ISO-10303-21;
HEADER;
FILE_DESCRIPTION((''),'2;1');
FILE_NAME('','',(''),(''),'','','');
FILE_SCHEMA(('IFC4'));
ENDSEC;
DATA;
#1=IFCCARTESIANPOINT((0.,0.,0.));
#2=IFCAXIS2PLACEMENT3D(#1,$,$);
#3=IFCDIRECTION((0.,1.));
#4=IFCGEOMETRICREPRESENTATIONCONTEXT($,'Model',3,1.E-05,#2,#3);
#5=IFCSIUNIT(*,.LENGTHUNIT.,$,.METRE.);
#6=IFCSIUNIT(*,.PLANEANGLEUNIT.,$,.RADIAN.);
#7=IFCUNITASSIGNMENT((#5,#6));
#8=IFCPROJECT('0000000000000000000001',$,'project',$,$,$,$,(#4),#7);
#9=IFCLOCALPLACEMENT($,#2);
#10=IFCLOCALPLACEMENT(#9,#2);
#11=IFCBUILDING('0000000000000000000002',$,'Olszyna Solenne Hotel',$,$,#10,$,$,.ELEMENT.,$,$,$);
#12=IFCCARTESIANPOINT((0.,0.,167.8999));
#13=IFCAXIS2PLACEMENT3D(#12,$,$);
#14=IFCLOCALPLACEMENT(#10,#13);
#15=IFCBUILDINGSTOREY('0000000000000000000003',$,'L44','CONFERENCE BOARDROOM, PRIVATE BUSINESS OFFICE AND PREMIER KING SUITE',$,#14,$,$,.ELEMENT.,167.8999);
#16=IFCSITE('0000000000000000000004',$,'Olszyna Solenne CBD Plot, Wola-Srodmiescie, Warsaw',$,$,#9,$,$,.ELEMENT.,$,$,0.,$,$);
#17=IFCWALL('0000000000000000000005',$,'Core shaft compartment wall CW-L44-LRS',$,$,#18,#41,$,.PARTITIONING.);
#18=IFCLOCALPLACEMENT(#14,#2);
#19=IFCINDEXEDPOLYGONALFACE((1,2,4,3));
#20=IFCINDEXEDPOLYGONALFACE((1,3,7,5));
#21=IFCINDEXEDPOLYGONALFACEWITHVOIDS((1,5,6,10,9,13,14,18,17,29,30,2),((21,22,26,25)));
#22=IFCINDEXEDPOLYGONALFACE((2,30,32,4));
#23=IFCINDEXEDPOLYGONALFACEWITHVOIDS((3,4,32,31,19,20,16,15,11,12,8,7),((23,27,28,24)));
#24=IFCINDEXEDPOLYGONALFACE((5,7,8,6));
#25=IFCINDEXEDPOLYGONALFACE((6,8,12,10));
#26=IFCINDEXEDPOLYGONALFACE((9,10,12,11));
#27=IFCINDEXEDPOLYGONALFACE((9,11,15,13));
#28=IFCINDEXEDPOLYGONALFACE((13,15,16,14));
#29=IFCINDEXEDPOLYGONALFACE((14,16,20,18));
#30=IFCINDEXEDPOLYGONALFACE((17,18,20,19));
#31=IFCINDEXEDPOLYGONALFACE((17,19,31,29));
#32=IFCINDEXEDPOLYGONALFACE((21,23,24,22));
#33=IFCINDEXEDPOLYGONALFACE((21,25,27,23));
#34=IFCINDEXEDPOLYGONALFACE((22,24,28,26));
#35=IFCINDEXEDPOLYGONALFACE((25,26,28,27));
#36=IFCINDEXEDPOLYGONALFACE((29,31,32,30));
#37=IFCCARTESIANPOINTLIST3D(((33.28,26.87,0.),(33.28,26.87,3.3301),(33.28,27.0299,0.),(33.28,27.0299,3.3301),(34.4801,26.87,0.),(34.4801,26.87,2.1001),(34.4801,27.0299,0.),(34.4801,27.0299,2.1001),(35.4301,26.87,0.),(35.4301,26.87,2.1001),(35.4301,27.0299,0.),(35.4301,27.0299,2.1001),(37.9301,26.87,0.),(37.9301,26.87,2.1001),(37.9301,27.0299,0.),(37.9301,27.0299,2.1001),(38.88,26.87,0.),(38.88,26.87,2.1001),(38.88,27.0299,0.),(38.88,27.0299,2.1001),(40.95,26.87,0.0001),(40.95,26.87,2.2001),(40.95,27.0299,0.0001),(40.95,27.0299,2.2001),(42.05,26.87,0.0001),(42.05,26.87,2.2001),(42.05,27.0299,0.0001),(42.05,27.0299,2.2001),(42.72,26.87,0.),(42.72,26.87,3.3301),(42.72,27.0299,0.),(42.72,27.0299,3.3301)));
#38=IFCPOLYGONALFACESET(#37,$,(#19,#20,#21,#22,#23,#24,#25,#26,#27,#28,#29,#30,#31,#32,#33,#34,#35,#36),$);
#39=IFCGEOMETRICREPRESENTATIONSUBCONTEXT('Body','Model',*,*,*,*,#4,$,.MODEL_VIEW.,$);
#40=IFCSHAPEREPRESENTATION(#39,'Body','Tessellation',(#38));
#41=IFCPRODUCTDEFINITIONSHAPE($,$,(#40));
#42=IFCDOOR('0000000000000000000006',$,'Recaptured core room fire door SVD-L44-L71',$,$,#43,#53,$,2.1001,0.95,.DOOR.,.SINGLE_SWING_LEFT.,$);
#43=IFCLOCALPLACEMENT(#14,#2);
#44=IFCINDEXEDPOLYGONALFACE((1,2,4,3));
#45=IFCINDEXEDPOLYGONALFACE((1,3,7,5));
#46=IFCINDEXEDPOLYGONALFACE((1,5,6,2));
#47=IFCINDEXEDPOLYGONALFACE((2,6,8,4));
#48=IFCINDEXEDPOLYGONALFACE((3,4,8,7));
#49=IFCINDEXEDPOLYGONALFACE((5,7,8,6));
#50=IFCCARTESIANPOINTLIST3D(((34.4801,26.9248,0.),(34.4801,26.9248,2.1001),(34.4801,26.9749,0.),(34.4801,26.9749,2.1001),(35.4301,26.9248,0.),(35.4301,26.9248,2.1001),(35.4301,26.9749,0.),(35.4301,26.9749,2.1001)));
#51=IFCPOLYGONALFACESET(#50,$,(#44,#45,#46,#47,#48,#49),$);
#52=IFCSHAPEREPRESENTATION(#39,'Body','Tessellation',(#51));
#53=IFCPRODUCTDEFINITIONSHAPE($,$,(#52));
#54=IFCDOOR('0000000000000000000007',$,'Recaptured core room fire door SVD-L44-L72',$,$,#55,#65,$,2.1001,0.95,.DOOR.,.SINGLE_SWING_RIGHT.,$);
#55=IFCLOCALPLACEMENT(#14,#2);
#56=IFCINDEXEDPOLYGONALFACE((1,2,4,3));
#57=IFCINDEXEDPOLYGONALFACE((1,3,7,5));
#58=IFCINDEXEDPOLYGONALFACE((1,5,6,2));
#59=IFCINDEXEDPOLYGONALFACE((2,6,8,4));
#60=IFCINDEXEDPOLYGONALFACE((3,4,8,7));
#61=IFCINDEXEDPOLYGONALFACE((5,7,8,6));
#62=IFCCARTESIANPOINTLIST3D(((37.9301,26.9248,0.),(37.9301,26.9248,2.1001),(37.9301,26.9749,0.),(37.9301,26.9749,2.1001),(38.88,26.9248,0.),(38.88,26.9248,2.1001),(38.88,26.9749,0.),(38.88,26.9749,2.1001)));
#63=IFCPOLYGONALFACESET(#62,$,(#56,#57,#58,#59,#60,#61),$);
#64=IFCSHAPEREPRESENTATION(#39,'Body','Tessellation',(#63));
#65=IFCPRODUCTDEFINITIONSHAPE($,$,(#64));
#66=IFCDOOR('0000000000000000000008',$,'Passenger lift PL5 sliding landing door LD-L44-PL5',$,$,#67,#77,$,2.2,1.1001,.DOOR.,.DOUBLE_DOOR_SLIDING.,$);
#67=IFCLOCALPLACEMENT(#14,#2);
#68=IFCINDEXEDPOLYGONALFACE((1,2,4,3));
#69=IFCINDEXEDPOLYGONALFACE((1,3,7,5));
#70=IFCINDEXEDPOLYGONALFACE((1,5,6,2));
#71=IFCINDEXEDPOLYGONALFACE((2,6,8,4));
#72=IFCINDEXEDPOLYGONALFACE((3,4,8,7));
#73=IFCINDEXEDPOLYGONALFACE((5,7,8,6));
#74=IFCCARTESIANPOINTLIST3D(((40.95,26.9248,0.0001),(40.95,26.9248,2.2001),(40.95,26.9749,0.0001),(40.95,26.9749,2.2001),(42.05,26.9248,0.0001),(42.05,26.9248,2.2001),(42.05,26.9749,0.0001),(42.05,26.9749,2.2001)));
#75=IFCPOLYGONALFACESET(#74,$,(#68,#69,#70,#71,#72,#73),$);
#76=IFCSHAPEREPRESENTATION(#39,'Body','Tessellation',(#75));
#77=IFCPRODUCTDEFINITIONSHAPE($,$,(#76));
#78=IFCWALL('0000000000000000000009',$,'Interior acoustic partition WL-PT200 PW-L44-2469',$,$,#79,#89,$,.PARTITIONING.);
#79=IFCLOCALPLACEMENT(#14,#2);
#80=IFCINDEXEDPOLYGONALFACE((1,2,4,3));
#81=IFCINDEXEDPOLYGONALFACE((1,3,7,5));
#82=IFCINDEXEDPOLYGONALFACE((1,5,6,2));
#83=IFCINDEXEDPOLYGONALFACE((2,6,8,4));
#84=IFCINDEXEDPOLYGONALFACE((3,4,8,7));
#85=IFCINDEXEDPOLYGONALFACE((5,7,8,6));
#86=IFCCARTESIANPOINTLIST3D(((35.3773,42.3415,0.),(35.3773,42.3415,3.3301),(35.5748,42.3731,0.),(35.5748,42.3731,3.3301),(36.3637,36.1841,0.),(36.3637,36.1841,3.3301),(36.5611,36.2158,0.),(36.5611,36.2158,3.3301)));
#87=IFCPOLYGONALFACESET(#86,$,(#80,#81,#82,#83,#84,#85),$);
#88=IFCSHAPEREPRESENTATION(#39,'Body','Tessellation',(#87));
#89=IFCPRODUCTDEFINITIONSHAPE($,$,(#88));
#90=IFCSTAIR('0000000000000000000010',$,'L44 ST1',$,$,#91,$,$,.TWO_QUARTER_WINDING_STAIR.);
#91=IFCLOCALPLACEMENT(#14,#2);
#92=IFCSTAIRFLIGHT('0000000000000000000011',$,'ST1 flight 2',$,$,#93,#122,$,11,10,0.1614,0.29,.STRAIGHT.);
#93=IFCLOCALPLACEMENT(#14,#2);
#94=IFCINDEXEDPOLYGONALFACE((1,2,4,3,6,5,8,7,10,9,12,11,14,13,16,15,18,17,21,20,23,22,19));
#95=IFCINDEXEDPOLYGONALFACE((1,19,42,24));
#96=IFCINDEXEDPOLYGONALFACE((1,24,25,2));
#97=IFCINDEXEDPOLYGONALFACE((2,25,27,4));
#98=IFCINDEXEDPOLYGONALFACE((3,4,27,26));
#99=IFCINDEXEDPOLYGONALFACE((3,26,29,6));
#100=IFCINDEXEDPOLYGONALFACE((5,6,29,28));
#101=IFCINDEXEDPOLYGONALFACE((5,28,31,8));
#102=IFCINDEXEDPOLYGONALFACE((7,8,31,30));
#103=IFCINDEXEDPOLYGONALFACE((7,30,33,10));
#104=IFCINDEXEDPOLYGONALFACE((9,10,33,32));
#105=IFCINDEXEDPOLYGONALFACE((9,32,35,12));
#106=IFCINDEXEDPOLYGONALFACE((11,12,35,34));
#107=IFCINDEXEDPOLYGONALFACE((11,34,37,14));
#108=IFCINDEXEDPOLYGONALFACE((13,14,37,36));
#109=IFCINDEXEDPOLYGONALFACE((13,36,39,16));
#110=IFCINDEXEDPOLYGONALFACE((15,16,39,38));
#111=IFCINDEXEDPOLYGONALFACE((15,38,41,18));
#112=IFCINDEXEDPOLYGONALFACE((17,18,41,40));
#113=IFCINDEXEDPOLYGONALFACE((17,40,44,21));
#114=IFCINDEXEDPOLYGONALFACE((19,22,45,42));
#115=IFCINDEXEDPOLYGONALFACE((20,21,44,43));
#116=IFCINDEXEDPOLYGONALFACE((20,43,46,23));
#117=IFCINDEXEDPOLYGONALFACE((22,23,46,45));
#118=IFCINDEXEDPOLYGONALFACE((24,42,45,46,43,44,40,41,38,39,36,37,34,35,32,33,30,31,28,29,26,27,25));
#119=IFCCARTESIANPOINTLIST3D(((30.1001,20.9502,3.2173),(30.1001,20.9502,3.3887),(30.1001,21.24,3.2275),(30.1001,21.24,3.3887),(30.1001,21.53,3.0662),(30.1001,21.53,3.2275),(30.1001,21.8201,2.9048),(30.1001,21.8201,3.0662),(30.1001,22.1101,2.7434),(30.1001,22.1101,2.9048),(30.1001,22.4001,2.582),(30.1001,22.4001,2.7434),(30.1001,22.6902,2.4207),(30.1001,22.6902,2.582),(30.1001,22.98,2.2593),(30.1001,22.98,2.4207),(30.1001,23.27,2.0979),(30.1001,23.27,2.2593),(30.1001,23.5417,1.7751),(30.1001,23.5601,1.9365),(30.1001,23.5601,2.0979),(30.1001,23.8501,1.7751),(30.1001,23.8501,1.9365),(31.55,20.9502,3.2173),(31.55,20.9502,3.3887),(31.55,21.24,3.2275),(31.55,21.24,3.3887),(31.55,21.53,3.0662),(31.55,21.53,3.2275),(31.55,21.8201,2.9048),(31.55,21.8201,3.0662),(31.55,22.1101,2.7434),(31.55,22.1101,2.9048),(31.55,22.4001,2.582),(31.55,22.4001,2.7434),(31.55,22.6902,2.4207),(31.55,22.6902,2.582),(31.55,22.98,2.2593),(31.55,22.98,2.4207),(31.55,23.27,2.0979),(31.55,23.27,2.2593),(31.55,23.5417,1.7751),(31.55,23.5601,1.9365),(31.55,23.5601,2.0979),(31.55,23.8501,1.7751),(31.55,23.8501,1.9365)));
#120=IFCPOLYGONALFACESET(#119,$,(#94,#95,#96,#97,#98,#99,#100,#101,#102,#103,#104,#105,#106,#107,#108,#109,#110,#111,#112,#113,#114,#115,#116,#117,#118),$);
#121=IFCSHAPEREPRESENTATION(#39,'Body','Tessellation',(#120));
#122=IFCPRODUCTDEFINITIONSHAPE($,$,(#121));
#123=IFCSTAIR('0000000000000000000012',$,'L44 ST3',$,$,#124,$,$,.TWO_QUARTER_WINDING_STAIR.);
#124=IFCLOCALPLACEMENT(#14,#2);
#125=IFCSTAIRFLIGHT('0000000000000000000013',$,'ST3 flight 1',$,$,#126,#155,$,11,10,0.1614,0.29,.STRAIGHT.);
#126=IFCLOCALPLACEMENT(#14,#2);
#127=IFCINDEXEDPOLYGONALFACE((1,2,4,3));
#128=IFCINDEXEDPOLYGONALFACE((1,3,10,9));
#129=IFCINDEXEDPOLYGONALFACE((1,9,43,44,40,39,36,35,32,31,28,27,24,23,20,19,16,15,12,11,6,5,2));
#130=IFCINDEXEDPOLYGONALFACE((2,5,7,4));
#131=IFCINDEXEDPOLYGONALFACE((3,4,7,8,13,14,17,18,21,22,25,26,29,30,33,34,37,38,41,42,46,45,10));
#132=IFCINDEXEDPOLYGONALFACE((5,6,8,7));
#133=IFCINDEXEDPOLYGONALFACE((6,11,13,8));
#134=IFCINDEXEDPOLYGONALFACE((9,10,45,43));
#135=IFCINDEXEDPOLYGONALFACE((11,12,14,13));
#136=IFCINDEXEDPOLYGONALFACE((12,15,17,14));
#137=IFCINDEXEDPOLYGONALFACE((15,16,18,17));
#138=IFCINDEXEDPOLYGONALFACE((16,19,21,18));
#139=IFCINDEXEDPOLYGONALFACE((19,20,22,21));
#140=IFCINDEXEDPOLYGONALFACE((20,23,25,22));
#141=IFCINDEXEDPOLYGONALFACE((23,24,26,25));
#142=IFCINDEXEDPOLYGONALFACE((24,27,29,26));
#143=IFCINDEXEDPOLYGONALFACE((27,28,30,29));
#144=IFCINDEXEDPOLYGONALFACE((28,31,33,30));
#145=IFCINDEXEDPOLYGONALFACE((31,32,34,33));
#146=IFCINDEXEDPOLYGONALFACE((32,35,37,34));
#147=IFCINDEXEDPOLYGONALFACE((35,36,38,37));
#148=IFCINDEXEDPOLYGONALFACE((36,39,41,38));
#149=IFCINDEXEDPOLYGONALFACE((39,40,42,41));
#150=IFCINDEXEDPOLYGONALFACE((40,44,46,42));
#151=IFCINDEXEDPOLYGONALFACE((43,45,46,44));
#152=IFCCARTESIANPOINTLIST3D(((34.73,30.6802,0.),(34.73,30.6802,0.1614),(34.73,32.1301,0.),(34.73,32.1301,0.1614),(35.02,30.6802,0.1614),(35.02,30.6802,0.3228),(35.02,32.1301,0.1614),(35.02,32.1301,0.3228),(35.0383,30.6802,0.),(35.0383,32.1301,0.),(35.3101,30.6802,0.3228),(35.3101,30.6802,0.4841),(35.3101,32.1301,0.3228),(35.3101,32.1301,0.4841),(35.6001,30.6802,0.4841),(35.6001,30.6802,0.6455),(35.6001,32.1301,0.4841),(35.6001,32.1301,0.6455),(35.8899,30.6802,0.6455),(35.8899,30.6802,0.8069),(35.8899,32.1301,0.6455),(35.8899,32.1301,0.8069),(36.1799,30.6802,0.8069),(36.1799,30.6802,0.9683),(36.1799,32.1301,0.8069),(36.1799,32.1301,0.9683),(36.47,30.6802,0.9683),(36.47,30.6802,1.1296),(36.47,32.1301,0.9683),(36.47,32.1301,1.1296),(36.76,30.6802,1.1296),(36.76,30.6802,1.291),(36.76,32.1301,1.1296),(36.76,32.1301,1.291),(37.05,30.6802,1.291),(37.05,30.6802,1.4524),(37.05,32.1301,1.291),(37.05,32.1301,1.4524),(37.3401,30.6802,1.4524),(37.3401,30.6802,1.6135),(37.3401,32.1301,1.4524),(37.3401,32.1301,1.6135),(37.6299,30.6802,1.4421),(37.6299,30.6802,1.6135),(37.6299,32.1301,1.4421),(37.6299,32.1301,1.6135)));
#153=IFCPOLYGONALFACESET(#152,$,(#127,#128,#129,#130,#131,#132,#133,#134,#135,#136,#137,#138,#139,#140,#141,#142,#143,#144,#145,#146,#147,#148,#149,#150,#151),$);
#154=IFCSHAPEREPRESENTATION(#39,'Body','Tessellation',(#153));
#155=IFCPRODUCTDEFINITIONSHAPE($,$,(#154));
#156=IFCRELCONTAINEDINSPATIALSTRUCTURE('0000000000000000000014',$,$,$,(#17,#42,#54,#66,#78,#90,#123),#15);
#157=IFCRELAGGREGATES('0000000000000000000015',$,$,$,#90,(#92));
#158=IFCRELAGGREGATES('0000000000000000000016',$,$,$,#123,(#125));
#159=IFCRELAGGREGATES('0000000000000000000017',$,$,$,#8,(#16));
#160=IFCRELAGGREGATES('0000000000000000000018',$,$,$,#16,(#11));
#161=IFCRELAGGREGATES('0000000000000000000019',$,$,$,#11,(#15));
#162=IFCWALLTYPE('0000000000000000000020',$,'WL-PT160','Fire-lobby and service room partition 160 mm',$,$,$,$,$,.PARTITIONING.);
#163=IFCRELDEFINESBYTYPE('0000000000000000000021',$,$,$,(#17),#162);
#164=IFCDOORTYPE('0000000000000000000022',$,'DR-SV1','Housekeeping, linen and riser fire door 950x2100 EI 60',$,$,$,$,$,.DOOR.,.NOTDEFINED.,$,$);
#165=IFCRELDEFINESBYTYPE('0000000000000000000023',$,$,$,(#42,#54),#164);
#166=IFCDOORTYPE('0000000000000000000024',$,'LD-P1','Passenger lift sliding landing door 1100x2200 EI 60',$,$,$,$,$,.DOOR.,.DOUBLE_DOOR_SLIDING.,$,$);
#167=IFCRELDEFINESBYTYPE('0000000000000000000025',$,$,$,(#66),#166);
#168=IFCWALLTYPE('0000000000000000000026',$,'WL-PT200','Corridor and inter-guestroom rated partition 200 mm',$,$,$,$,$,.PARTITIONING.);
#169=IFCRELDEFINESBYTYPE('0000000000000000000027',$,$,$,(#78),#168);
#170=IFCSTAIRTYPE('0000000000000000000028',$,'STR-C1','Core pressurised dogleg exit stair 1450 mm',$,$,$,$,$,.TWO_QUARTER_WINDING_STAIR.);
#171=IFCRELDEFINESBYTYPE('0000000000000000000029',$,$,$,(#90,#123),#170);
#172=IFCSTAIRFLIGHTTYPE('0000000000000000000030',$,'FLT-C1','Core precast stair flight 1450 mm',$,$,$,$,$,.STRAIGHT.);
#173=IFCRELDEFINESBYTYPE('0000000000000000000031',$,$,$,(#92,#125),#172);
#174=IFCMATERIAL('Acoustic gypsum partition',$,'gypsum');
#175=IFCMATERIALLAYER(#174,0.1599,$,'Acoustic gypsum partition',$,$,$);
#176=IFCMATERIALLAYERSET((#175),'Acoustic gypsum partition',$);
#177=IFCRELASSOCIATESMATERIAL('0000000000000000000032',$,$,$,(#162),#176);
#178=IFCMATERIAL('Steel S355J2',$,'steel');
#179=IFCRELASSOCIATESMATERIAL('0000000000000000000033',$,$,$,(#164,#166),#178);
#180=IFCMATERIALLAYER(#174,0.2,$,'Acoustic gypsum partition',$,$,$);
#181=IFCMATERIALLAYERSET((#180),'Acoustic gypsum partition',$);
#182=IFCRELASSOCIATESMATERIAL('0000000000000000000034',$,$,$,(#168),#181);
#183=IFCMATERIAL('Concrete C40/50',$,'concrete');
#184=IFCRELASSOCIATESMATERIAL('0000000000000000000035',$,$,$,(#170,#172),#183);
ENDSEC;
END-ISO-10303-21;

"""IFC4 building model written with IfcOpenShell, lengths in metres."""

from ifc_helpers import new_model, si_unit, direction, frame, frame_2d, origin, place, context, subcontext, project, spatial, polyline, rectangle, outline, extrude, source, transform, mapped, material, layer, layer_set, type_object, type_shapes, element, fill, aggregate, save


model = new_model("IFC4")

# Units and contexts
model_context = context("Model", 3, precision=1e-05, world=origin(), true_north=direction((0.0, 1.0)))
body_context = subcontext(model_context, "Body", "Model", "MODEL_VIEW")
ifc_project = project(units=[si_unit("LENGTHUNIT", "METRE"), si_unit("PLANEANGLEUNIT", "RADIAN")], contexts=[model_context])

# Site, building, storey
site_placement = place(None, origin())
site = spatial("IfcSite", under=ifc_project, at=site_placement, Name="Olszyna Solenne CBD Plot, Wola-Srodmiescie, Warsaw", CompositionType="ELEMENT", RefElevation=0.0)
building_placement = place(site_placement, origin())
building = spatial("IfcBuilding", under=site, at=building_placement, Name="Olszyna Solenne Hotel", CompositionType="ELEMENT")
storey_placement = place(building_placement, frame((0.0, 0.0, 167.8999)))
storey = spatial("IfcBuildingStorey", under=building, at=storey_placement, Name="L44", Description="CONFERENCE BOARDROOM, PRIVATE BUSINESS OFFICE AND PREMIER KING SUITE", CompositionType="ELEMENT", Elevation=167.8999)

# Shared definitions
ifc_material_1 = material(Name="Steel S355J2", Category="steel")

# Shared definitions
ifc_material_2 = material(Name="Acoustic gypsum partition", Category="gypsum")
ifc_layer_1 = layer(ifc_material_2, 0.1599, Name="Acoustic gypsum partition")
ifc_layer_set_1 = layer_set([ifc_layer_1], Name="Acoustic gypsum partition")
wall_type_1 = type_object("IfcWallType", Name="WL-PT160", Description="Fire-lobby and service room partition 160 mm", PredefinedType="PARTITIONING", material=ifc_layer_set_1)

# Wall, openings, doors
wall_1_placement = place(storey_placement, frame((33.28, 26.95, 0.0), z_axis=(0.0, 0.0, 1.0), x_axis=(1.0, 0.0, 0.0)))
wall_1 = element("IfcWall", 1, at=wall_1_placement, inside=storey, type_object=wall_type_1, Name="Core shaft compartment wall CW-L44-LRS", PredefinedType="PARTITIONING", context=body_context, shape_type="SweptSolid", body=[
    extrude(rectangle(XDim=9.4399, YDim=0.1599, at=frame_2d((4.72, 0.0))), origin(), (0.0, 0.0, 1.0), 3.3301),
])
opening_1_placement = place(wall_1_placement, frame((1.2, 0.0, 0.0)))
opening_1 = element("IfcOpeningElement", 2, at=opening_1_placement, cuts=wall_1, PredefinedType="OPENING", context=body_context, shape_type="SweptSolid", body=[
    extrude(rectangle(XDim=0.95, YDim=2.1001, at=frame_2d((0.4751, 1.05))), frame((0.0, 0.0898, 0.0), z_axis=(0.0, -1.0, 0.0), x_axis=(1.0, 0.0, 0.0)), (0.0, 0.0, 1.0), 0.1799),
])
opening_2_placement = place(wall_1_placement, frame((4.6499, 0.0, 0.0)))
opening_2 = element("IfcOpeningElement", 3, at=opening_2_placement, cuts=wall_1, PredefinedType="OPENING", context=body_context, shape_type="SweptSolid", body=[
    extrude(rectangle(XDim=0.95, YDim=2.1001, at=frame_2d((0.4751, 1.05))), frame((0.0, 0.0898, 0.0), z_axis=(0.0, -1.0, 0.0), x_axis=(1.0, 0.0, 0.0)), (0.0, 0.0, 1.0), 0.1799),
])
opening_3_placement = place(wall_1_placement, frame((7.6699, 0.0, 0.0)))
opening_3 = element("IfcOpeningElement", 4, at=opening_3_placement, cuts=wall_1, PredefinedType="OPENING", context=body_context, shape_type="SweptSolid", body=[
    extrude(rectangle(XDim=1.1001, YDim=2.2, at=frame_2d((0.55, 1.1001))), frame((0.0, 0.0898, 0.0), z_axis=(0.0, -1.0, 0.0), x_axis=(1.0, 0.0, 0.0)), (0.0, 0.0, 1.0), 0.1799),
])
door_type_1 = type_object("IfcDoorType", Name="DR-SV1", Description="Housekeeping, linen and riser fire door 950x2100 EI 60", OperationType="NOTDEFINED", PredefinedType="DOOR", material=ifc_material_1)
shared_shape_1 = source(origin(), body_context, "Body", "SweptSolid", [
    extrude(rectangle(XDim=0.95, YDim=2.1001, at=frame_2d((0.4751, 1.05))), frame((0.0, 0.0249, 0.0), z_axis=(0.0, -1.0, 0.0), x_axis=(1.0, 0.0, 0.0)), (0.0, 0.0, 1.0), 0.05),
])
type_shapes(door_type_1, [shared_shape_1])
door_1_placement = place(opening_1_placement, origin())
door_1 = element("IfcDoor", 5, at=door_1_placement, inside=storey, type_object=door_type_1, Name="Recaptured core room fire door SVD-L44-L71", OperationType="SINGLE_SWING_LEFT", OverallHeight=2.1001, OverallWidth=0.95, PredefinedType="DOOR", context=body_context, shape_type="MappedRepresentation", body=[
    mapped(shared_shape_1, transform((0.0, 0.0, 0.0), x_axis=(1.0, 0.0, 0.0), y_axis=(0.0, 1.0, 0.0), z_axis=(0.0, 0.0, 1.0), scale=1.0)),
])
fill(opening_1, door_1)
door_2_placement = place(opening_2_placement, origin())
door_2 = element("IfcDoor", 6, at=door_2_placement, inside=storey, type_object=door_type_1, Name="Recaptured core room fire door SVD-L44-L72", OperationType="SINGLE_SWING_RIGHT", OverallHeight=2.1001, OverallWidth=0.95, PredefinedType="DOOR", context=body_context, shape_type="MappedRepresentation", body=[
    mapped(shared_shape_1, transform((0.0, 0.0, 0.0), x_axis=(1.0, 0.0, 0.0), y_axis=(0.0, 1.0, 0.0), z_axis=(0.0, 0.0, 1.0), scale=1.0)),
])
fill(opening_2, door_2)
door_type_2 = type_object("IfcDoorType", Name="LD-P1", Description="Passenger lift sliding landing door 1100x2200 EI 60", OperationType="DOUBLE_DOOR_SLIDING", PredefinedType="DOOR", material=ifc_material_1)
shared_shape_2 = source(origin(), body_context, "Body", "SweptSolid", [
    extrude(rectangle(XDim=1.1001, YDim=2.2, at=frame_2d((0.55, 1.1001))), frame((0.0, 0.0249, 0.0), z_axis=(0.0, -1.0, 0.0), x_axis=(1.0, 0.0, 0.0)), (0.0, 0.0, 1.0), 0.05),
])
type_shapes(door_type_2, [shared_shape_2])
door_3_placement = place(opening_3_placement, origin())
door_3 = element("IfcDoor", 7, at=door_3_placement, inside=storey, type_object=door_type_2, Name="Passenger lift PL5 sliding landing door LD-L44-PL5", OperationType="DOUBLE_DOOR_SLIDING", OverallHeight=2.2, OverallWidth=1.1001, PredefinedType="DOOR", context=body_context, shape_type="MappedRepresentation", body=[
    mapped(shared_shape_2, transform((0.0, 0.0, 0.0), x_axis=(1.0, 0.0, 0.0), y_axis=(0.0, 1.0, 0.0), z_axis=(0.0, 0.0, 1.0), scale=1.0)),
])
fill(opening_3, door_3)

# Wall
ifc_layer_2 = layer(ifc_material_2, 0.2, Name="Acoustic gypsum partition")
ifc_layer_set_2 = layer_set([ifc_layer_2], Name="Acoustic gypsum partition")
wall_type_2 = type_object("IfcWallType", Name="WL-PT200", Description="Corridor and inter-guestroom rated partition 200 mm", PredefinedType="PARTITIONING", material=ifc_layer_set_2)
wall_2_placement = place(storey_placement, frame((36.4624, 36.2, 0.0), z_axis=(0.0, 0.0, 1.0), x_axis=(-0.158174, 0.987411, 0.0)))
element("IfcWall", 8, at=wall_2_placement, inside=storey, type_object=wall_type_2, Name="Interior acoustic partition WL-PT200 PW-L44-2469", PredefinedType="PARTITIONING", context=body_context, shape_type="SweptSolid", body=[
    extrude(rectangle(XDim=6.2358, YDim=0.2, at=frame_2d((3.1179, 0.0))), origin(), (0.0, 0.0, 1.0), 3.3301),
])

# Stairs, stair flights
ifc_material_3 = material(Name="Concrete C40/50", Category="concrete")
stair_type = type_object("IfcStairType", Name="STR-C1", Description="Core pressurised dogleg exit stair 1450 mm", PredefinedType="TWO_QUARTER_WINDING_STAIR", material=ifc_material_3)
stair_1_placement = place(storey_placement, origin())
stair_1 = element("IfcStair", 9, at=stair_1_placement, inside=storey, type_object=stair_type, Name="L44 ST1", PredefinedType="TWO_QUARTER_WINDING_STAIR")
stair_flight_type = type_object("IfcStairFlightType", Name="FLT-C1", Description="Core precast stair flight 1450 mm", PredefinedType="STRAIGHT", material=ifc_material_3)
stair_flight_1_placement = place(storey_placement, frame((30.825, 23.8501, 1.7751), z_axis=(0.0, 0.0, 1.0), x_axis=(0.0, -1.0, 0.0)))
stair_flight_1 = element("IfcStairFlight", 10, at=stair_flight_1_placement, type_object=stair_flight_type, Name="ST1 flight 2", NumberOfRisers=11, NumberOfTreads=10, PredefinedType="STRAIGHT", RiserHeight=0.1614, TreadLength=0.29, context=body_context, shape_type="SweptSolid", body=[
    extrude(outline(polyline([(0.0, 0.0), (0.0, 0.1614), (0.29, 0.1614), (0.29, 0.3228), (0.5801, 0.3228), (0.5801, 0.4841), (0.8701, 0.4841), (0.8701, 0.6455), (1.1599, 0.6455), (1.1599, 0.8069), (1.45, 0.8069), (1.45, 0.9683), (1.74, 0.9683), (1.74, 1.1296), (2.03, 1.1296), (2.03, 1.291), (2.3201, 1.291), (2.3201, 1.4524), (2.6101, 1.4524), (2.6101, 1.6135), (2.8999, 1.6135), (2.8999, 1.7749), (2.8999, 1.4421), (0.3083, 0.0), (0.0, 0.0)])), frame((0.0, 0.7251, 0.0), z_axis=(0.0, -1.0, 0.0), x_axis=(1.0, 0.0, 0.0)), (0.0, 0.0, 1.0), 1.45),
])
aggregate(stair_1, [stair_flight_1])
stair_2_placement = place(storey_placement, origin())
stair_2 = element("IfcStair", 11, at=stair_2_placement, inside=storey, type_object=stair_type, Name="L44 ST3", PredefinedType="TWO_QUARTER_WINDING_STAIR")
stair_flight_2_placement = place(storey_placement, frame((34.73, 31.405, 0.0), z_axis=(0.0, 0.0, 1.0), x_axis=(1.0, 0.0, 0.0)))
stair_flight_2 = element("IfcStairFlight", 12, at=stair_flight_2_placement, type_object=stair_flight_type, Name="ST3 flight 1", NumberOfRisers=11, NumberOfTreads=10, PredefinedType="STRAIGHT", RiserHeight=0.1614, TreadLength=0.29, context=body_context, shape_type="SweptSolid", body=[
    extrude(outline(polyline([(0.0, 0.0), (0.0, 0.1614), (0.29, 0.1614), (0.29, 0.3228), (0.5801, 0.3228), (0.5801, 0.4841), (0.8701, 0.4841), (0.8701, 0.6455), (1.1599, 0.6455), (1.1599, 0.8069), (1.45, 0.8069), (1.45, 0.9683), (1.74, 0.9683), (1.74, 1.1296), (2.03, 1.1296), (2.03, 1.291), (2.3201, 1.291), (2.3201, 1.4524), (2.6101, 1.4524), (2.6101, 1.6135), (2.8999, 1.6135), (2.8999, 1.7749), (2.8999, 1.4421), (0.3083, 0.0), (0.0, 0.0)])), frame((0.0, 0.7251, 0.0), z_axis=(0.0, -1.0, 0.0), x_axis=(1.0, 0.0, 0.0)), (0.0, 0.0, 1.0), 1.45),
])
aggregate(stair_2, [stair_flight_2])

save(model, "model.ifc")
